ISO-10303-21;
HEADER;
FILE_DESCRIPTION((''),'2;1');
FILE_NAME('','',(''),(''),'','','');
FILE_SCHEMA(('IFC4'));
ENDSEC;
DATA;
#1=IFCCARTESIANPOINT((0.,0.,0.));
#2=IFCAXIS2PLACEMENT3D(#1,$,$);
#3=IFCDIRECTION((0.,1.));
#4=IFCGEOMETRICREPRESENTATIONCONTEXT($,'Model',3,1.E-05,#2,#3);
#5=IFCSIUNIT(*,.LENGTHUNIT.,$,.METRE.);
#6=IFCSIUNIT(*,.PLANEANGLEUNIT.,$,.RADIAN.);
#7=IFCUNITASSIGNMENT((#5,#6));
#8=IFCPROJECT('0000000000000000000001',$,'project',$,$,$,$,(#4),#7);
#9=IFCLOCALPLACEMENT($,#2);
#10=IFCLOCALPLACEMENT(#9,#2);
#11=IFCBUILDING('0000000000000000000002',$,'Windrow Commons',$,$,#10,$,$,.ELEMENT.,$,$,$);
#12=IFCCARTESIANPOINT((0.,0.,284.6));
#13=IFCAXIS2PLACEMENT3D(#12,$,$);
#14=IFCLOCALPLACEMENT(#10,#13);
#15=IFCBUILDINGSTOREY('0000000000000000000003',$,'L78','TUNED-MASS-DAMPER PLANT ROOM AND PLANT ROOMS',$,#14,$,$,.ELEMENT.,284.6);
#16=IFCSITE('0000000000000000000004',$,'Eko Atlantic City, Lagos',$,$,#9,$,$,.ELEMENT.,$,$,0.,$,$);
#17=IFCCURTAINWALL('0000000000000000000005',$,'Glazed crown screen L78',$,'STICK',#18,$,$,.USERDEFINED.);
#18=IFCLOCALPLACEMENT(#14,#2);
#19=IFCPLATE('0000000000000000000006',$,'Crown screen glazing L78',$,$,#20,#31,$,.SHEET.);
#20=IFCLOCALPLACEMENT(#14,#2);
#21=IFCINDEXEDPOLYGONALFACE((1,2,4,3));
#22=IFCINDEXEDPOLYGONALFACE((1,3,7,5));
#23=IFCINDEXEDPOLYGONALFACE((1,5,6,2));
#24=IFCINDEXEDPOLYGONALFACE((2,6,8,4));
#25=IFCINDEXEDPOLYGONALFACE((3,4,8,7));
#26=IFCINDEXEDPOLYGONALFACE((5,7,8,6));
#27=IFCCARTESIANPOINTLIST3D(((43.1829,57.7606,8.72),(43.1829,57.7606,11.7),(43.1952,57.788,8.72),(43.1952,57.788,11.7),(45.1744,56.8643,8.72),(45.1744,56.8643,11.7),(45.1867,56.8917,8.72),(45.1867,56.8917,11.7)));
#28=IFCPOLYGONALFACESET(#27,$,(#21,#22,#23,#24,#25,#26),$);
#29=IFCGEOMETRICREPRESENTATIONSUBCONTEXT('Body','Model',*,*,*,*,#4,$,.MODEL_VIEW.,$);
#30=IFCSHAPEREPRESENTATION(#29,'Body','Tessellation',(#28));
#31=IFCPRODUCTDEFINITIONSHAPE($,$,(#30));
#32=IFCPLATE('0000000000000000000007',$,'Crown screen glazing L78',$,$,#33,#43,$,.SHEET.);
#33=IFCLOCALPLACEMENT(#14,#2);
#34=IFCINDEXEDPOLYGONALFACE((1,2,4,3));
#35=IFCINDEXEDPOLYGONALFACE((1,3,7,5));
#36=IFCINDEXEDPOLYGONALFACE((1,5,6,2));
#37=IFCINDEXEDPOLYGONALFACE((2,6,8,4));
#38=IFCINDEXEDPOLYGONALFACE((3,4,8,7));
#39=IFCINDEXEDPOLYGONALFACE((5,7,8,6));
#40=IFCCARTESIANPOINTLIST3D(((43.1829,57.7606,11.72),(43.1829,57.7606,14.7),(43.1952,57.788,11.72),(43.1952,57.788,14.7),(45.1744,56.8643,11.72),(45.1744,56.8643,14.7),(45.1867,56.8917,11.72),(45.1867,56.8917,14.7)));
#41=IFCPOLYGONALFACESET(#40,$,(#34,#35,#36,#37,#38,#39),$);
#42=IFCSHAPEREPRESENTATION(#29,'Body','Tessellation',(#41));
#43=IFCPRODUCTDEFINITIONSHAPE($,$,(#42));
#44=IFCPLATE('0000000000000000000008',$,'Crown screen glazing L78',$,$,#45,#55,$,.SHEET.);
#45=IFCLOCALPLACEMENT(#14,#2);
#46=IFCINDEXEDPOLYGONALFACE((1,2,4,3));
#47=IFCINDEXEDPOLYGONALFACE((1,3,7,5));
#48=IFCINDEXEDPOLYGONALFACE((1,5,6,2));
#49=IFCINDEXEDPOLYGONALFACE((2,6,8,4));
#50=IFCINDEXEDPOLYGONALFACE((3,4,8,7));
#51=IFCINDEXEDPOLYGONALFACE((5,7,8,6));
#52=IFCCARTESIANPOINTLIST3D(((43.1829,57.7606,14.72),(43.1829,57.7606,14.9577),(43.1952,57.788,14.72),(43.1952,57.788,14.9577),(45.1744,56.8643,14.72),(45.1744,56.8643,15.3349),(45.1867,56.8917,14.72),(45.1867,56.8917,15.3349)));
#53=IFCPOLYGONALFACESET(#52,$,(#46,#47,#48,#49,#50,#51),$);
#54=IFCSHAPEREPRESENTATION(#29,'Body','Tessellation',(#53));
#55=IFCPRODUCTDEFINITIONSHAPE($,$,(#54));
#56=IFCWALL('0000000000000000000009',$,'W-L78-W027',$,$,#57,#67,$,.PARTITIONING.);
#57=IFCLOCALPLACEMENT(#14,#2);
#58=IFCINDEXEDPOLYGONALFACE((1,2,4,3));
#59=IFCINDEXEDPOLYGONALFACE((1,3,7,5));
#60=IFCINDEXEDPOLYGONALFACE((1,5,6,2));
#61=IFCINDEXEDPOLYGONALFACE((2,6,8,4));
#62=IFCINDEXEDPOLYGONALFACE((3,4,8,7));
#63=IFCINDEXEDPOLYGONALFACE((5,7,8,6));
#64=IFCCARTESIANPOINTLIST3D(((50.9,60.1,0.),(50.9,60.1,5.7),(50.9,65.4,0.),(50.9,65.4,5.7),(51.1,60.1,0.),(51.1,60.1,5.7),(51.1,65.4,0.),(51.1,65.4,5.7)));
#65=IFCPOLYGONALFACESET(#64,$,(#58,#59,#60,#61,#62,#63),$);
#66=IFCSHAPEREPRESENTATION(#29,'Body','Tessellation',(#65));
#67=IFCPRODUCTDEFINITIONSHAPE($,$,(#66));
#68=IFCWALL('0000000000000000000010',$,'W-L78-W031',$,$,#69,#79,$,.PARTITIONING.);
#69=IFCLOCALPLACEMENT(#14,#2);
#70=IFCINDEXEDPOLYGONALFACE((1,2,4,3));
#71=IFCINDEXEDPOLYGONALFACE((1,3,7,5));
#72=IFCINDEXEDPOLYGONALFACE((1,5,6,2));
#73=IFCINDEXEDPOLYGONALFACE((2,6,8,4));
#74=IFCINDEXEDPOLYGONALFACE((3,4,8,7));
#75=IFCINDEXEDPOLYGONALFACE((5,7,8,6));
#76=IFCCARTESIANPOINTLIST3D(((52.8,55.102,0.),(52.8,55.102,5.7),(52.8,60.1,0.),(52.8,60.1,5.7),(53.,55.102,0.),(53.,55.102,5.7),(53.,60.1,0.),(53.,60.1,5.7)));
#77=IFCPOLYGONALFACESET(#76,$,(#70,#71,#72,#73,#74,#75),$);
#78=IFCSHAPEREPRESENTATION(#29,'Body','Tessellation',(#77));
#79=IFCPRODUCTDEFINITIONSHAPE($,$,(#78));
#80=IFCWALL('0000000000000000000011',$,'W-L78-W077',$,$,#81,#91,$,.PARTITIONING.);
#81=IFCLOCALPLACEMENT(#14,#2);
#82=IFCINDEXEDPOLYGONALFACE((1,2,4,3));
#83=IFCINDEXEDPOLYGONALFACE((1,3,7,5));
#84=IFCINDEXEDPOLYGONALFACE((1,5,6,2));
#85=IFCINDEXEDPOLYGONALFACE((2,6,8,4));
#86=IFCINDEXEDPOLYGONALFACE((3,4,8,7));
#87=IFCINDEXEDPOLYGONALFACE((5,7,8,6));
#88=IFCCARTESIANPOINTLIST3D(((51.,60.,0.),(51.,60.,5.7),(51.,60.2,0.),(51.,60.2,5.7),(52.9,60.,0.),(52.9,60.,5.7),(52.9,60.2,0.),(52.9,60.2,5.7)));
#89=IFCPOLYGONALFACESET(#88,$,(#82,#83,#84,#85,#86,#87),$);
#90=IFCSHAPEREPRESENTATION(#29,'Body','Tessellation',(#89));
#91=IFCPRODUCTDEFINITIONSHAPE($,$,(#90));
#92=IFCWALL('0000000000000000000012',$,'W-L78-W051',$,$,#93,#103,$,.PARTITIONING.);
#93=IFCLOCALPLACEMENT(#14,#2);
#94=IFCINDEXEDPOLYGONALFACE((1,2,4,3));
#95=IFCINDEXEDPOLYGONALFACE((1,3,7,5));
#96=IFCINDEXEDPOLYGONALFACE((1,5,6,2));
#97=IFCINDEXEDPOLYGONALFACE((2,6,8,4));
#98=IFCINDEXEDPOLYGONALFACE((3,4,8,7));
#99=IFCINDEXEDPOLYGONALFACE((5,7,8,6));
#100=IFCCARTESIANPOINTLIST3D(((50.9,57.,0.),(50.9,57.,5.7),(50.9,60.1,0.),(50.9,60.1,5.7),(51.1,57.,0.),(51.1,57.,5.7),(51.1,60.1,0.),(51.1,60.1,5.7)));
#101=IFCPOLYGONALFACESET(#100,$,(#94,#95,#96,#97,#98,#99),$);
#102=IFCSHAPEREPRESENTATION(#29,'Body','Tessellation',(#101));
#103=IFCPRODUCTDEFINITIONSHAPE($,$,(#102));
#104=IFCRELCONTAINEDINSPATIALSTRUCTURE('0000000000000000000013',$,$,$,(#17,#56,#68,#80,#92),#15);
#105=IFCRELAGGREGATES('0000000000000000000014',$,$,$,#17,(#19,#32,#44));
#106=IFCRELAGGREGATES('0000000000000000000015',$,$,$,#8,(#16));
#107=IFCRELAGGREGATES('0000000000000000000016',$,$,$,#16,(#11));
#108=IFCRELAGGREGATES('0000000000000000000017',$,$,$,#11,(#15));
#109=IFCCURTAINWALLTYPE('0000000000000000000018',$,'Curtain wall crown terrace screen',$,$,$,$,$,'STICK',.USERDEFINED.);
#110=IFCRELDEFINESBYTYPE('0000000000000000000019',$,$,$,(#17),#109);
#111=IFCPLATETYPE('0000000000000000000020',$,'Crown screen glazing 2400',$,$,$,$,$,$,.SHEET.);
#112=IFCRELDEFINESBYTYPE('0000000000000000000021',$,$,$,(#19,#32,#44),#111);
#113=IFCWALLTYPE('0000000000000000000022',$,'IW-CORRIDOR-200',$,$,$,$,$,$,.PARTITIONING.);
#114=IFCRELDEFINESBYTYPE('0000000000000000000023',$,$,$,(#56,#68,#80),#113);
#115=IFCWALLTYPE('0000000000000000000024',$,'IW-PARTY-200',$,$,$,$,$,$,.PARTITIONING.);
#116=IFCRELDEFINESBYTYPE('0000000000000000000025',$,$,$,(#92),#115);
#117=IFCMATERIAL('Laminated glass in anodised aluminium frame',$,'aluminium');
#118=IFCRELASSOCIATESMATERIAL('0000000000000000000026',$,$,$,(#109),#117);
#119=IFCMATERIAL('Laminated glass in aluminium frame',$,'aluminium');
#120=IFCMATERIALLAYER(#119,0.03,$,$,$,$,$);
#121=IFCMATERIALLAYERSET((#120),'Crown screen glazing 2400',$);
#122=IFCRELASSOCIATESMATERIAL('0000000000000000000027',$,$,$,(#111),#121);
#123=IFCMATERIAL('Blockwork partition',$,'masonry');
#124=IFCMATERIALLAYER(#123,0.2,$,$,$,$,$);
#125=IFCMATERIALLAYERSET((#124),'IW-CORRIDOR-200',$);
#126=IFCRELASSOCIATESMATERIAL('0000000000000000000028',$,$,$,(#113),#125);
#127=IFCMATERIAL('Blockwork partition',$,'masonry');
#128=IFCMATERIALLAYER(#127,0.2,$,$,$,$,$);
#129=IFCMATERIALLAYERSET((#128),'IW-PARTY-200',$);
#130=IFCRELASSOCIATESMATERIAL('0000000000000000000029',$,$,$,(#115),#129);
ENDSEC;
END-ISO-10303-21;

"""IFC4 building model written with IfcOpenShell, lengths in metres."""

from ifc_helpers import new_model, si_unit, direction, frame, frame_2d, origin, place, context, subcontext, project, spatial, polyline, rectangle, outline, extrude, material, layer, layer_set, type_object, element, aggregate, save


model = new_model("IFC4")

# Units and contexts
model_context = context("Model", 3, precision=1e-05, world=origin(), true_north=direction((0.0, 1.0)))
body_context = subcontext(model_context, "Body", "Model", "MODEL_VIEW")
ifc_project = project(units=[si_unit("LENGTHUNIT", "METRE"), si_unit("PLANEANGLEUNIT", "RADIAN")], contexts=[model_context])

# Site, building, storey
site_placement = place(None, origin())
site = spatial("IfcSite", under=ifc_project, at=site_placement, Name="Eko Atlantic City, Lagos", CompositionType="ELEMENT", RefElevation=0.0)
building_placement = place(site_placement, origin())
building = spatial("IfcBuilding", under=site, at=building_placement, Name="Windrow Commons", CompositionType="ELEMENT")
storey_placement = place(building_placement, frame((0.0, 0.0, 284.6)))
storey = spatial("IfcBuildingStorey", under=building, at=storey_placement, Name="L78", Description="TUNED-MASS-DAMPER PLANT ROOM AND PLANT ROOMS", CompositionType="ELEMENT", Elevation=284.6)

# Curtain wall
ifc_material_1 = material(Name="Laminated glass in anodised aluminium frame", Category="aluminium")
curtain_wall_type = type_object("IfcCurtainWallType", Name="Curtain wall crown terrace screen", ElementType="STICK", PredefinedType="USERDEFINED", material=ifc_material_1)
placement = place(storey_placement, origin())
curtain_wall_1 = element("IfcCurtainWall", 1, at=placement, inside=storey, type_object=curtain_wall_type, Name="Glazed crown screen L78", ObjectType="STICK", PredefinedType="USERDEFINED")

# Plates
ifc_material_2 = material(Name="Laminated glass in aluminium frame", Category="aluminium")
ifc_layer_1 = layer(ifc_material_2, 0.03)
ifc_layer_set_1 = layer_set([ifc_layer_1], Name="Crown screen glazing 2400")
plate_type_1 = type_object("IfcPlateType", Name="Crown screen glazing 2400", PredefinedType="SHEET", material=ifc_layer_set_1)
plate_1_placement = place(storey_placement, frame((45.1867, 56.8917, 8.72), z_axis=(0.410412, 0.9119, 0.0), x_axis=(-0.9119, 0.410412, 0.0)))
plate_1 = element("IfcPlate", 2, at=plate_1_placement, type_object=plate_type_1, Name="Crown screen glazing L78", PredefinedType="SHEET", context=body_context, shape_type="SweptSolid", body=[
    extrude(outline(polyline([(0.0, 0.0), (2.1839, 0.0), (2.1839, 2.98), (0.0, 2.98), (0.0, 0.0)])), origin(), (0.0, 0.0, -1.0), 0.03),
])
plate_2_placement = place(storey_placement, frame((45.1867, 56.8917, 11.72), z_axis=(0.410412, 0.9119, 0.0), x_axis=(-0.9119, 0.410412, 0.0)))
plate_2 = element("IfcPlate", 3, at=plate_2_placement, type_object=plate_type_1, Name="Crown screen glazing L78", PredefinedType="SHEET", context=body_context, shape_type="SweptSolid", body=[
    extrude(outline(polyline([(0.0, 0.0), (2.1839, 0.0), (2.1839, 2.98), (0.0, 2.98), (0.0, 0.0)])), origin(), (0.0, 0.0, -1.0), 0.03),
])
plate_3_placement = place(storey_placement, frame((45.1867, 56.8917, 14.72), z_axis=(0.410412, 0.9119, 0.0), x_axis=(-0.9119, 0.410412, 0.0)))
plate_3 = element("IfcPlate", 4, at=plate_3_placement, type_object=plate_type_1, Name="Crown screen glazing L78", PredefinedType="SHEET", context=body_context, shape_type="SweptSolid", body=[
    extrude(outline(polyline([(0.0, 0.0), (2.1839, 0.0), (2.1839, 0.2377), (0.0, 0.6149), (0.0, 0.0)])), origin(), (0.0, 0.0, -1.0), 0.03),
])
aggregate(curtain_wall_1, [plate_1, plate_2, plate_3])

# Walls
ifc_material_3 = material(Name="Blockwork partition", Category="masonry")
ifc_layer_2 = layer(ifc_material_3, 0.2)
ifc_layer_set_2 = layer_set([ifc_layer_2], Name="IW-CORRIDOR-200")
wall_type_1 = type_object("IfcWallType", Name="IW-CORRIDOR-200", PredefinedType="PARTITIONING", material=ifc_layer_set_2)
wall_1_placement = place(storey_placement, frame((51.0, 60.1, 0.0), z_axis=(0.0, 0.0, 1.0), x_axis=(0.0, 1.0, 0.0)))
element("IfcWall", 5, at=wall_1_placement, inside=storey, type_object=wall_type_1, Name="W-L78-W027", PredefinedType="PARTITIONING", context=body_context, shape_type="SweptSolid", body=[
    extrude(rectangle(XDim=5.3, YDim=0.2, at=frame_2d((2.65, 0.0))), origin(), (0.0, 0.0, 1.0), 5.7),
])
wall_2_placement = place(storey_placement, frame((52.9, 55.102, 0.0), z_axis=(0.0, 0.0, 1.0), x_axis=(0.0, 1.0, 0.0)))
element("IfcWall", 6, at=wall_2_placement, inside=storey, type_object=wall_type_1, Name="W-L78-W031", PredefinedType="PARTITIONING", context=body_context, shape_type="SweptSolid", body=[
    extrude(rectangle(XDim=4.998, YDim=0.2, at=frame_2d((2.499, 0.0))), origin(), (0.0, 0.0, 1.0), 5.7),
])
wall_3_placement = place(storey_placement, frame((51.0, 60.1, 0.0), z_axis=(0.0, 0.0, 1.0), x_axis=(1.0, 0.0, 0.0)))
element("IfcWall", 7, at=wall_3_placement, inside=storey, type_object=wall_type_1, Name="W-L78-W077", PredefinedType="PARTITIONING", context=body_context, shape_type="SweptSolid", body=[
    extrude(rectangle(XDim=1.9, YDim=0.2, at=frame_2d((0.95, 0.0))), origin(), (0.0, 0.0, 1.0), 5.7),
])
ifc_material_4 = material(Name="Blockwork partition", Category="masonry")
ifc_layer_3 = layer(ifc_material_4, 0.2)
ifc_layer_set_3 = layer_set([ifc_layer_3], Name="IW-PARTY-200")
wall_type_2 = type_object("IfcWallType", Name="IW-PARTY-200", PredefinedType="PARTITIONING", material=ifc_layer_set_3)
wall_4_placement = place(storey_placement, frame((51.0, 57.0, 0.0), z_axis=(0.0, 0.0, 1.0), x_axis=(0.0, 1.0, 0.0)))
element("IfcWall", 8, at=wall_4_placement, inside=storey, type_object=wall_type_2, Name="W-L78-W051", PredefinedType="PARTITIONING", context=body_context, shape_type="SweptSolid", body=[
    extrude(rectangle(XDim=3.1, YDim=0.2, at=frame_2d((1.55, 0.0))), origin(), (0.0, 0.0, 1.0), 5.7),
])

save(model, "model.ifc")
